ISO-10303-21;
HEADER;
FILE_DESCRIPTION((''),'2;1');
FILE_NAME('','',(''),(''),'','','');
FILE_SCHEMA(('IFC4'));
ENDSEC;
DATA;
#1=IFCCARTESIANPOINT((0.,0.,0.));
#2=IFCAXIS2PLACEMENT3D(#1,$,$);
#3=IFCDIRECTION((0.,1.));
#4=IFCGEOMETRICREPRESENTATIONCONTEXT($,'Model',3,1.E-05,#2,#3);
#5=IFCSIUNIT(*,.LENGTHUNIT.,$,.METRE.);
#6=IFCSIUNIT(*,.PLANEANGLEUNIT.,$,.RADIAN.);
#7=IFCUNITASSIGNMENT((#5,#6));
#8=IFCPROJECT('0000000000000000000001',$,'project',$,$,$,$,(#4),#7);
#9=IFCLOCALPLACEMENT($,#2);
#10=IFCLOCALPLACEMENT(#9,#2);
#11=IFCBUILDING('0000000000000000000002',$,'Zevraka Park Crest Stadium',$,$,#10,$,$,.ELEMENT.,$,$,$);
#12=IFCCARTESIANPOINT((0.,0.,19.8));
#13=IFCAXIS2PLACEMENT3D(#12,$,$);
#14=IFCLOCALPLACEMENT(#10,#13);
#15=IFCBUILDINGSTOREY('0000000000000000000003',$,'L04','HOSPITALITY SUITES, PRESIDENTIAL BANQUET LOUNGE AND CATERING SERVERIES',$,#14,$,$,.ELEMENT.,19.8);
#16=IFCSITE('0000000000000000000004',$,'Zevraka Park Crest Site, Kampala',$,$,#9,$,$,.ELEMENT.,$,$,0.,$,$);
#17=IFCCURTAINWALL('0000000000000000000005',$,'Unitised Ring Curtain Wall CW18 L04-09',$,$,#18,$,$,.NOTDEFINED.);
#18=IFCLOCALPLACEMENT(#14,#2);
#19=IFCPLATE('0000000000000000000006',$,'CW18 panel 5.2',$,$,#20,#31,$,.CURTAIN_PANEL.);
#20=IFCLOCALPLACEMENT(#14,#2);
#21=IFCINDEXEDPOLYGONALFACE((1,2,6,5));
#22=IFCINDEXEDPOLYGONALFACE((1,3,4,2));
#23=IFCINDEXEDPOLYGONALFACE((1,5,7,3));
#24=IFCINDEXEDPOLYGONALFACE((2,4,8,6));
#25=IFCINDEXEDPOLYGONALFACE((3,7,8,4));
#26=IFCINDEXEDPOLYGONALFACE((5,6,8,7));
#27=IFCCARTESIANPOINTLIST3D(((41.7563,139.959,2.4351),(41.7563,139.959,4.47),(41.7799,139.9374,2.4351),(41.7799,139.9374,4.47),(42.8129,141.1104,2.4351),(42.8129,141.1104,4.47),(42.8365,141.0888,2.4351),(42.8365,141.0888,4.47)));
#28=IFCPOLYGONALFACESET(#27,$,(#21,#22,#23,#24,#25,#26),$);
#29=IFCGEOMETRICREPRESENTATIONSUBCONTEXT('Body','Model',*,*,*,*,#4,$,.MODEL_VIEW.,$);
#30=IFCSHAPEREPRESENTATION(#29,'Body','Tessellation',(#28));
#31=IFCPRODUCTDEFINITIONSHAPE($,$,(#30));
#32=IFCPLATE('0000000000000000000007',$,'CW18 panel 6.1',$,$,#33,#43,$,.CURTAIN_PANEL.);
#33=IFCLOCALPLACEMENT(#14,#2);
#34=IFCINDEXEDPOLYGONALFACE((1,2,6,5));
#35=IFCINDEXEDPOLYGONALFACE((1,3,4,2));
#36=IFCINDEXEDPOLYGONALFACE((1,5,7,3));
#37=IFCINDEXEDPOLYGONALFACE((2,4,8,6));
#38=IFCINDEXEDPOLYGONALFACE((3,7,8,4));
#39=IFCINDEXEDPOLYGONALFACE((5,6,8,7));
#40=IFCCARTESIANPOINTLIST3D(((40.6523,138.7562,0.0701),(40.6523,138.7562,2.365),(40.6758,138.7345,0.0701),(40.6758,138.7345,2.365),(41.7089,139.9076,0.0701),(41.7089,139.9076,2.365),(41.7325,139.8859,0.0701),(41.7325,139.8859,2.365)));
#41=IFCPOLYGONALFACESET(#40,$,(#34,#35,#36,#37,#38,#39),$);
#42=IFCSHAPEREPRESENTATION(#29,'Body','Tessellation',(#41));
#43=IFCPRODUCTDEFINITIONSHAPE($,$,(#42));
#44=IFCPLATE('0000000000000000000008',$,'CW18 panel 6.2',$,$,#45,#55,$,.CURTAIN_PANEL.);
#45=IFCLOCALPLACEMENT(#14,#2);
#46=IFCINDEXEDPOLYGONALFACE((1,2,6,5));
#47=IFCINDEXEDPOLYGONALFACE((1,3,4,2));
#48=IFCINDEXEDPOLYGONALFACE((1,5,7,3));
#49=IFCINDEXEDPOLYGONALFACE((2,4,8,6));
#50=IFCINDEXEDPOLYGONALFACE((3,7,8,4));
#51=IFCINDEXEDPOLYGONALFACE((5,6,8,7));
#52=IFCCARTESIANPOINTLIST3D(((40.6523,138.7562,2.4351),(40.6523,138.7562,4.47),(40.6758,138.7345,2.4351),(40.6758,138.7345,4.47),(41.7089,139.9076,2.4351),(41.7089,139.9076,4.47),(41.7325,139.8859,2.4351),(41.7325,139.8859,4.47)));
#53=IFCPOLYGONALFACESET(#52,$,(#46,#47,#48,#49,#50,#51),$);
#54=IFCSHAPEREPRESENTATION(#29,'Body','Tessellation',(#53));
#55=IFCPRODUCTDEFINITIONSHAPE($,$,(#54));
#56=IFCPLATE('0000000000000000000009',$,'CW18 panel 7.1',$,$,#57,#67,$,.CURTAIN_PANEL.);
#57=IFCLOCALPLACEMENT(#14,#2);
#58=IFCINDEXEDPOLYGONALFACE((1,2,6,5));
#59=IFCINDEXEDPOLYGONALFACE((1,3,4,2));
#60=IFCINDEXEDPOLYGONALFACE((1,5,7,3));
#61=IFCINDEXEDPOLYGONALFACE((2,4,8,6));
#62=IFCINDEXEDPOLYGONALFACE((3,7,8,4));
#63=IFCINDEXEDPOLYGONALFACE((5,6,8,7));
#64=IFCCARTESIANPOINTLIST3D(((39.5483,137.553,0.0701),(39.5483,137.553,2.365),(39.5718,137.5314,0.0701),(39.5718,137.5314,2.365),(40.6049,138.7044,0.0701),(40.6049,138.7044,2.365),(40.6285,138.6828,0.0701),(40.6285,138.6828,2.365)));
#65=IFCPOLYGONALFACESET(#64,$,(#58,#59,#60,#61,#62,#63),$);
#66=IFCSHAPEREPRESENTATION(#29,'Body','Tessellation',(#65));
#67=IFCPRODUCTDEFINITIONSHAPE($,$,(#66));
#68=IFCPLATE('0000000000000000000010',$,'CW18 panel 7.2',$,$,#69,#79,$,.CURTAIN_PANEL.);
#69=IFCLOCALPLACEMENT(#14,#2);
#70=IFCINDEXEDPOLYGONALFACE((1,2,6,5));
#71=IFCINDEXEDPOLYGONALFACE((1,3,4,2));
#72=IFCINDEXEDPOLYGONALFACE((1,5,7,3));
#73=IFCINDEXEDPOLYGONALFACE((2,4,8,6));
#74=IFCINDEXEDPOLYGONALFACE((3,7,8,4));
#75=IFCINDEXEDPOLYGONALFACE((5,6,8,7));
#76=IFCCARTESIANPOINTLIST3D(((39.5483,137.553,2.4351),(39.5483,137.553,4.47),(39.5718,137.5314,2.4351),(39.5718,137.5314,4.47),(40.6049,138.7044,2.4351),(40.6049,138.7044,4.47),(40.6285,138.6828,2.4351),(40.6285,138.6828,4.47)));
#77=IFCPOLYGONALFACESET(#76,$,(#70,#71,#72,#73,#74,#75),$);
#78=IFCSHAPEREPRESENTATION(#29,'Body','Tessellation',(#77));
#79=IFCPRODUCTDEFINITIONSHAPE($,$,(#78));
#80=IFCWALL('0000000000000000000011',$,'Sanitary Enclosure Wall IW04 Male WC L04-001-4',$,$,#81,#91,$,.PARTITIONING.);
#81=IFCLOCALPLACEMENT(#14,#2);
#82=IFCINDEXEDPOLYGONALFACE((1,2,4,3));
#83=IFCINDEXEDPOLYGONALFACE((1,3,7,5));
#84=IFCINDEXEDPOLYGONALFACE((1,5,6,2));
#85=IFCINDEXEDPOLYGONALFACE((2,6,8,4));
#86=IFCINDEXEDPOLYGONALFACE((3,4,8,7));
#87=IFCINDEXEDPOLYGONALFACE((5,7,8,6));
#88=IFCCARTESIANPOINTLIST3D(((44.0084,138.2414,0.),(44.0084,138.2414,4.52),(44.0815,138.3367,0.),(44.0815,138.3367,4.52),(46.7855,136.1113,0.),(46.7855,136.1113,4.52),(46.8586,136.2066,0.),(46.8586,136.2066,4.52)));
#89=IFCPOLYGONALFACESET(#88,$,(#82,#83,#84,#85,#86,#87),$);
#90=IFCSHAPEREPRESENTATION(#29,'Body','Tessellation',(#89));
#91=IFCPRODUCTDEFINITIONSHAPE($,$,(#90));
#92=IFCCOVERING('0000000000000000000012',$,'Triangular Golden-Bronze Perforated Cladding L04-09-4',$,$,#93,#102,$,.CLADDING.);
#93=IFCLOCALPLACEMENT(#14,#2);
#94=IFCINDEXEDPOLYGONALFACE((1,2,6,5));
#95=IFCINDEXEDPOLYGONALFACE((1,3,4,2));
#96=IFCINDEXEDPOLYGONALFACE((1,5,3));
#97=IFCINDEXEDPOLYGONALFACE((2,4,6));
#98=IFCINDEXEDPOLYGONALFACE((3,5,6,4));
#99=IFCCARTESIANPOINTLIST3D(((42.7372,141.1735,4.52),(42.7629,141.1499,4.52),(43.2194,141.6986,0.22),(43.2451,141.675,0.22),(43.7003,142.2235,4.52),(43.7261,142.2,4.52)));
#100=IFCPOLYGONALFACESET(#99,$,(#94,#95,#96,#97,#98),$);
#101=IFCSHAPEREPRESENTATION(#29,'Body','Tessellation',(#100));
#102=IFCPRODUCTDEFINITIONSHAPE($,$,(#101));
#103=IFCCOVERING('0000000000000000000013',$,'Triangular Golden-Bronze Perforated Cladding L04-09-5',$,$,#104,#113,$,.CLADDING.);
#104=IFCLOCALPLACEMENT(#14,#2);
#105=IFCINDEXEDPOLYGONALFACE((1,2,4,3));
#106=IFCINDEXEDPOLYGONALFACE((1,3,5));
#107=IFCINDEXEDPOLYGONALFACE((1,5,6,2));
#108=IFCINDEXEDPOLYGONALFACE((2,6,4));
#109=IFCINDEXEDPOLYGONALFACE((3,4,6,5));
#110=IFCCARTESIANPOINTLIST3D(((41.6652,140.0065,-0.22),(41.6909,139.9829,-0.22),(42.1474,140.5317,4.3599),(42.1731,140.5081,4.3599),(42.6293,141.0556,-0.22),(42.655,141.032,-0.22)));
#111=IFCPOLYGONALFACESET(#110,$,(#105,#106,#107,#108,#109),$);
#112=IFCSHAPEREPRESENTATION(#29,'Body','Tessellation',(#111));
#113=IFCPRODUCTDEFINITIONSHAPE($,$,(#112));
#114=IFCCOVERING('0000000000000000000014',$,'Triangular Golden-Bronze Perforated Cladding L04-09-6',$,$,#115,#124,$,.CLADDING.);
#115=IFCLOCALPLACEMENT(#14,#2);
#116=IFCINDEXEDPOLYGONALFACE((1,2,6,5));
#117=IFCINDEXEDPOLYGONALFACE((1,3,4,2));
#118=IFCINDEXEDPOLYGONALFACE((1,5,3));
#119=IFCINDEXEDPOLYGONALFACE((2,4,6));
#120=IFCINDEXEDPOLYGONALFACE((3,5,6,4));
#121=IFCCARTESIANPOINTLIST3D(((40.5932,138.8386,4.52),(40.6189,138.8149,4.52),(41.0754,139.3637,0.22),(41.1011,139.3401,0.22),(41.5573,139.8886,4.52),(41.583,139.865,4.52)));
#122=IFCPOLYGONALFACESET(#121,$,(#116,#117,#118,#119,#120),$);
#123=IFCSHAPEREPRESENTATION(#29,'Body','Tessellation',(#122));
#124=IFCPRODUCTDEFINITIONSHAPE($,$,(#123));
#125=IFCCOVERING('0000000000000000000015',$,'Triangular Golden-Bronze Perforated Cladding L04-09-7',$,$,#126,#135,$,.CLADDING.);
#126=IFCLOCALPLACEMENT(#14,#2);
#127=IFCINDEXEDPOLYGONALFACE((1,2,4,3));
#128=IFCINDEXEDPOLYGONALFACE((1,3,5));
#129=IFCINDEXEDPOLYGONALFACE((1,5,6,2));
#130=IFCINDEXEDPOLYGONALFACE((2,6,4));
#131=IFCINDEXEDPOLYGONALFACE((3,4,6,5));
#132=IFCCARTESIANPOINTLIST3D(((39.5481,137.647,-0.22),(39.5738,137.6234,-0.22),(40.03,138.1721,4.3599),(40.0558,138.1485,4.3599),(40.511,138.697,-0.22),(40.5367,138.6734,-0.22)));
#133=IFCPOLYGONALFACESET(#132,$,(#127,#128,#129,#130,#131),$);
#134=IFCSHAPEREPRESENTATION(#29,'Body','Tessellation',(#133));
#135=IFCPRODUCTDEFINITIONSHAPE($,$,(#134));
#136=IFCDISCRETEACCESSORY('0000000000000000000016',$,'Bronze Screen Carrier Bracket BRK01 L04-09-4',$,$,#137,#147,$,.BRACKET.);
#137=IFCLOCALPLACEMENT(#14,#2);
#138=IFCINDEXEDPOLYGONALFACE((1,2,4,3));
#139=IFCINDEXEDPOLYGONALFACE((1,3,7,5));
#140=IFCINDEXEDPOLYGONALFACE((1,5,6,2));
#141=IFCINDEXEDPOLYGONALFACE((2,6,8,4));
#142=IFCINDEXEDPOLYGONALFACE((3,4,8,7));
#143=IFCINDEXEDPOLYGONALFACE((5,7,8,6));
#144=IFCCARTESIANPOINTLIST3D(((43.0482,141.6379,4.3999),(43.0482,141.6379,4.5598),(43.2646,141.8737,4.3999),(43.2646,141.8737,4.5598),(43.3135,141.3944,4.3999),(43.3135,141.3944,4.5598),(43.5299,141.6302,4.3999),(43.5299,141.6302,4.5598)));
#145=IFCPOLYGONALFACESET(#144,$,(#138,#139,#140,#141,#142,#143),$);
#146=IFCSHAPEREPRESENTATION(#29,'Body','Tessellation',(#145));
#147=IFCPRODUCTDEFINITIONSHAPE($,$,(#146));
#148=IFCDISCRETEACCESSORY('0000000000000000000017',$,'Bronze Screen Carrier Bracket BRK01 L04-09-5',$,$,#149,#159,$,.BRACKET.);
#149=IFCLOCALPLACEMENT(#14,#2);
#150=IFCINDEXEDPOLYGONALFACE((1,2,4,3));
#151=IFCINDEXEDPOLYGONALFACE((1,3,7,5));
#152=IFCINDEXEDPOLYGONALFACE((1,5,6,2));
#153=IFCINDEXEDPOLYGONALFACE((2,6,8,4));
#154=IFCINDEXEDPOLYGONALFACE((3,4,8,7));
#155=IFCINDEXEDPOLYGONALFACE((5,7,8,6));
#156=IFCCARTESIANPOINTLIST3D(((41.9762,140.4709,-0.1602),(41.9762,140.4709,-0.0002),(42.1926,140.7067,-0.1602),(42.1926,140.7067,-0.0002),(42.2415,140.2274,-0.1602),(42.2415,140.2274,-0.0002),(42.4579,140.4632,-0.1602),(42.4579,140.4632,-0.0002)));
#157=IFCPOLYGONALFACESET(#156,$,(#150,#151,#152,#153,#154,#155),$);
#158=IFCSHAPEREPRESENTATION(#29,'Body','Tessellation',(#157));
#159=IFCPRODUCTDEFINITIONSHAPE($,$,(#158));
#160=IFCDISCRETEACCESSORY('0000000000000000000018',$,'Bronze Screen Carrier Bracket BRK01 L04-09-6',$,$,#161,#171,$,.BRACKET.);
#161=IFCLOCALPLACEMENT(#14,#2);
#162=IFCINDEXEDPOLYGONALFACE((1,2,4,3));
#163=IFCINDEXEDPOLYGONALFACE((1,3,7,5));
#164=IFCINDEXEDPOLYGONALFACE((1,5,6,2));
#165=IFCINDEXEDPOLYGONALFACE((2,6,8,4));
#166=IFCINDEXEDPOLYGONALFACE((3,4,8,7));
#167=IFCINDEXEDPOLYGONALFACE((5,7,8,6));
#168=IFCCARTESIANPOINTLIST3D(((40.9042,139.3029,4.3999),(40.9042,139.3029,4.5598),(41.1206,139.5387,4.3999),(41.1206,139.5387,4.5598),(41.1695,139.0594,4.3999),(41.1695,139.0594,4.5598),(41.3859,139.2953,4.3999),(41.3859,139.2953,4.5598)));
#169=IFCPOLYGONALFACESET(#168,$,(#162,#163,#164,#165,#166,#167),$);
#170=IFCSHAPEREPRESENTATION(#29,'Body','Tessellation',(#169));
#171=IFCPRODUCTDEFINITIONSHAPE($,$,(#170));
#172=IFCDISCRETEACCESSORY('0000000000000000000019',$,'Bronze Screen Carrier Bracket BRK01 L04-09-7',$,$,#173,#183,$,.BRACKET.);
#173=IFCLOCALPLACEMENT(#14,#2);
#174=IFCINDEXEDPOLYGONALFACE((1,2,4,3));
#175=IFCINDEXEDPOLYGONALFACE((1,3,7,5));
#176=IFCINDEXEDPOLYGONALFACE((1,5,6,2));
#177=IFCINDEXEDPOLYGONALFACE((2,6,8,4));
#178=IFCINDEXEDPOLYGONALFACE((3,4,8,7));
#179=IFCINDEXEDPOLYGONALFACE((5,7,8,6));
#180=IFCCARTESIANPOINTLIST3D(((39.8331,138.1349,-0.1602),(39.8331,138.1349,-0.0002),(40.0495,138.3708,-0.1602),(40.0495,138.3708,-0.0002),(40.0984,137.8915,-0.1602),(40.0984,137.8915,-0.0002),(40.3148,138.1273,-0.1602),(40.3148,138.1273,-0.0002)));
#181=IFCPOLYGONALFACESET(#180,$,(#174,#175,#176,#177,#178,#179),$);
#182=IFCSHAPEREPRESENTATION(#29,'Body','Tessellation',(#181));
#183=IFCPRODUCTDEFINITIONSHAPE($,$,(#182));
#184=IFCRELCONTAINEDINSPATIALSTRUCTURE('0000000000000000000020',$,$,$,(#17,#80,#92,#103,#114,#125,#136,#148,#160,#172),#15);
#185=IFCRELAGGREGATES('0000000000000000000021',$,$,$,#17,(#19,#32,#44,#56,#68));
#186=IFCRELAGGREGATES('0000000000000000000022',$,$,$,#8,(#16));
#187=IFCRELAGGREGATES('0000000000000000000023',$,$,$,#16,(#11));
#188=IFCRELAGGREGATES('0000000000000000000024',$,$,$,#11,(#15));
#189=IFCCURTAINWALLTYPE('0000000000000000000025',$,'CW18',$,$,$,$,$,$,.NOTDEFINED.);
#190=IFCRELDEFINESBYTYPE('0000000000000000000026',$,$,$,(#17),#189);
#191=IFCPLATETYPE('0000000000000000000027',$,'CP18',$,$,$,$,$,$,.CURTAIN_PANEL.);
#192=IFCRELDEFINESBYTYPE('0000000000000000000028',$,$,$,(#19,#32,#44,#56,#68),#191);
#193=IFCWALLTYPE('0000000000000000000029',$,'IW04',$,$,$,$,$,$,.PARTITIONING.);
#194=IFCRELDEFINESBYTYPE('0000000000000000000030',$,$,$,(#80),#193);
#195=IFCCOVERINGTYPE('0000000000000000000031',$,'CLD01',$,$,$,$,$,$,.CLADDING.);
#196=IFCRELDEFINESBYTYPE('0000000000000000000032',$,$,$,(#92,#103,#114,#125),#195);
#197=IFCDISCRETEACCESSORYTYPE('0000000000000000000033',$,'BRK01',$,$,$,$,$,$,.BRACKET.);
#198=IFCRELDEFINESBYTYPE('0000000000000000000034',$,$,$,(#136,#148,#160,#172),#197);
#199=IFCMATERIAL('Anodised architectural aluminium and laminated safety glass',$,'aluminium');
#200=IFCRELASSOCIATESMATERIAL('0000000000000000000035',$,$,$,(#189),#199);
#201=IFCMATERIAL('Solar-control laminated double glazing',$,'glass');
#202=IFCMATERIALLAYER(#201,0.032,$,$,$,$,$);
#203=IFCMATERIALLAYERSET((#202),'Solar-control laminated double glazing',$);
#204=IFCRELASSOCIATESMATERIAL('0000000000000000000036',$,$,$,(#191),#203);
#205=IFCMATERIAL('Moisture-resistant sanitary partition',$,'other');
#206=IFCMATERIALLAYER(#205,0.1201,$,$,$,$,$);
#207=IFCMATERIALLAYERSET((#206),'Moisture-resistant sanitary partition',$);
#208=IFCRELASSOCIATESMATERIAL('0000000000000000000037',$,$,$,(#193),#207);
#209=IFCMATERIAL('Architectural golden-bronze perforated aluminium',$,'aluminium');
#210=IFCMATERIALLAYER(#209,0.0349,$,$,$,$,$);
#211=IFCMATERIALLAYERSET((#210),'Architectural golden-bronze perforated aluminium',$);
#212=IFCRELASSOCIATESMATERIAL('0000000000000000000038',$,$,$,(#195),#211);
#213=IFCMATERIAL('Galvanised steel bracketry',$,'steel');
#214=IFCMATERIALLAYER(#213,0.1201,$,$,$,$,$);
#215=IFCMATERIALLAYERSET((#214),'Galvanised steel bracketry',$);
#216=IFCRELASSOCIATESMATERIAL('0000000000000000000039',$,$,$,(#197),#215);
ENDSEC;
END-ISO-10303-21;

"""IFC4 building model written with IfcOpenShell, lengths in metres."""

from ifc_helpers import new_model, si_unit, direction, frame, frame_2d, origin, origin_2d, place, context, subcontext, project, spatial, polyline, rectangle, outline, extrude, material, layer, layer_set, type_object, element, aggregate, save


model = new_model("IFC4")

# Units and contexts
model_context = context("Model", 3, precision=1e-05, world=origin(), true_north=direction((0.0, 1.0)))
body_context = subcontext(model_context, "Body", "Model", "MODEL_VIEW")
ifc_project = project(units=[si_unit("LENGTHUNIT", "METRE"), si_unit("PLANEANGLEUNIT", "RADIAN")], contexts=[model_context])

# Site, building, storey
site_placement = place(None, origin())
site = spatial("IfcSite", under=ifc_project, at=site_placement, Name="Zevraka Park Crest Site, Kampala", CompositionType="ELEMENT", RefElevation=0.0)
building_placement = place(site_placement, origin())
building = spatial("IfcBuilding", under=site, at=building_placement, Name="Zevraka Park Crest Stadium", CompositionType="ELEMENT")
storey_placement = place(building_placement, frame((0.0, 0.0, 19.8)))
storey = spatial("IfcBuildingStorey", under=building, at=storey_placement, Name="L04", Description="HOSPITALITY SUITES, PRESIDENTIAL BANQUET LOUNGE AND CATERING SERVERIES", CompositionType="ELEMENT", Elevation=19.8)

# Curtain wall, plates
ifc_material_1 = material(Name="Anodised architectural aluminium and laminated safety glass", Category="aluminium")
curtain_wall_type = type_object("IfcCurtainWallType", Name="CW18", PredefinedType="NOTDEFINED", material=ifc_material_1)
curtain_wall_placement = place(storey_placement, origin())
curtain_wall = element("IfcCurtainWall", 1, at=curtain_wall_placement, inside=storey, type_object=curtain_wall_type, Name="Unitised Ring Curtain Wall CW18 L04-09", PredefinedType="NOTDEFINED")
ifc_material_2 = material(Name="Solar-control laminated double glazing", Category="glass")
ifc_layer_1 = layer(ifc_material_2, 0.032)
ifc_layer_set_1 = layer_set([ifc_layer_1], Name="Solar-control laminated double glazing")
plate_type = type_object("IfcPlateType", Name="CP18", PredefinedType="CURTAIN_PANEL", material=ifc_layer_set_1)
plate_1_placement = place(storey_placement, frame((42.2964, 140.5239, 2.4351), z_axis=(0.0, 0.0, 1.0), x_axis=(-0.676138, -0.736775, 0.0)))
plate_1 = element("IfcPlate", 2, at=plate_1_placement, type_object=plate_type, Name="CW18 panel 5.2", PredefinedType="CURTAIN_PANEL", context=body_context, shape_type="SweptSolid", body=[
    extrude(rectangle(XDim=1.5627, YDim=0.032, at=origin_2d()), origin(), (0.0, 0.0, 1.0), 2.0349),
])
plate_2_placement = place(storey_placement, frame((41.1924, 139.321, 0.0701), z_axis=(0.0, 0.0, 1.0), x_axis=(-0.676138, -0.736775, 0.0)))
plate_2 = element("IfcPlate", 3, at=plate_2_placement, type_object=plate_type, Name="CW18 panel 6.1", PredefinedType="CURTAIN_PANEL", context=body_context, shape_type="SweptSolid", body=[
    extrude(rectangle(XDim=1.5627, YDim=0.032, at=origin_2d()), origin(), (0.0, 0.0, 1.0), 2.2949),
])
plate_3_placement = place(storey_placement, frame((41.1924, 139.321, 2.4351), z_axis=(0.0, 0.0, 1.0), x_axis=(-0.676138, -0.736775, 0.0)))
plate_3 = element("IfcPlate", 4, at=plate_3_placement, type_object=plate_type, Name="CW18 panel 6.2", PredefinedType="CURTAIN_PANEL", context=body_context, shape_type="SweptSolid", body=[
    extrude(rectangle(XDim=1.5627, YDim=0.032, at=origin_2d()), origin(), (0.0, 0.0, 1.0), 2.0349),
])
plate_4_placement = place(storey_placement, frame((40.0884, 138.1179, 0.0701), z_axis=(0.0, 0.0, 1.0), x_axis=(-0.676138, -0.736775, 0.0)))
plate_4 = element("IfcPlate", 5, at=plate_4_placement, type_object=plate_type, Name="CW18 panel 7.1", PredefinedType="CURTAIN_PANEL", context=body_context, shape_type="SweptSolid", body=[
    extrude(rectangle(XDim=1.5627, YDim=0.032, at=origin_2d()), origin(), (0.0, 0.0, 1.0), 2.2949),
])
plate_5_placement = place(storey_placement, frame((40.0884, 138.1179, 2.4351), z_axis=(0.0, 0.0, 1.0), x_axis=(-0.676138, -0.736775, 0.0)))
plate_5 = element("IfcPlate", 6, at=plate_5_placement, type_object=plate_type, Name="CW18 panel 7.2", PredefinedType="CURTAIN_PANEL", context=body_context, shape_type="SweptSolid", body=[
    extrude(rectangle(XDim=1.5627, YDim=0.032, at=origin_2d()), origin(), (0.0, 0.0, 1.0), 2.0349),
])
aggregate(curtain_wall, [plate_1, plate_2, plate_3, plate_4, plate_5])

# Wall
ifc_material_3 = material(Name="Moisture-resistant sanitary partition", Category="other")
ifc_layer_2 = layer(ifc_material_3, 0.1201)
ifc_layer_set_2 = layer_set([ifc_layer_2], Name="Moisture-resistant sanitary partition")
wall_type = type_object("IfcWallType", Name="IW04", PredefinedType="PARTITIONING", material=ifc_layer_set_2)
wall_placement = place(storey_placement, frame((44.0449, 138.2891, 0.0), z_axis=(0.0, 0.0, 1.0), x_axis=(0.793466, -0.608615, 0.0)))
element("IfcWall", 7, at=wall_placement, inside=storey, type_object=wall_type, Name="Sanitary Enclosure Wall IW04 Male WC L04-001-4", PredefinedType="PARTITIONING", context=body_context, shape_type="SweptSolid", body=[
    extrude(rectangle(XDim=3.5, YDim=0.1201, at=frame_2d((1.75, 0.0))), origin(), (0.0, 0.0, 1.0), 4.52),
])

# Coverings
ifc_material_4 = material(Name="Architectural golden-bronze perforated aluminium", Category="aluminium")
ifc_layer_3 = layer(ifc_material_4, 0.0349)
ifc_layer_set_3 = layer_set([ifc_layer_3], Name="Architectural golden-bronze perforated aluminium")
covering_type = type_object("IfcCoveringType", Name="CLD01", PredefinedType="CLADDING", material=ifc_layer_set_3)
covering_1_placement = place(storey_placement, frame((42.7629, 141.1499, 4.52), z_axis=(0.736948, -0.67595, 0.000085), x_axis=(0.67595, 0.736948, 0.0)))
element("IfcCovering", 8, at=covering_1_placement, inside=storey, type_object=covering_type, Name="Triangular Golden-Bronze Perforated Cladding L04-09-4", PredefinedType="CLADDING", context=body_context, shape_type="SweptSolid", body=[
    extrude(outline(polyline([(0.0, 0.0), (1.4249, 0.0), (0.7129, -4.3), (0.0, 0.0)])), origin(), (0.0, 0.0, -1.0), 0.0349),
])
covering_2_placement = place(storey_placement, frame((42.655, 141.032, -0.22), z_axis=(0.736293, -0.676663, 0.000071), x_axis=(-0.676663, -0.736293, 0.0)))
element("IfcCovering", 9, at=covering_2_placement, inside=storey, type_object=covering_type, Name="Triangular Golden-Bronze Perforated Cladding L04-09-5", PredefinedType="CLADDING", context=body_context, shape_type="SweptSolid", body=[
    extrude(outline(polyline([(0.0, 0.0), (1.4248, 0.0), (0.7119, -4.5798), (0.0, 0.0)])), origin(), (0.0, 0.0, -1.0), 0.0349),
])
covering_3_placement = place(storey_placement, frame((40.6189, 138.8149, 4.52), z_axis=(0.736606, -0.676322, 0.000002), x_axis=(0.676322, 0.736606, 0.0)))
element("IfcCovering", 10, at=covering_3_placement, inside=storey, type_object=covering_type, Name="Triangular Golden-Bronze Perforated Cladding L04-09-6", PredefinedType="CLADDING", context=body_context, shape_type="SweptSolid", body=[
    extrude(outline(polyline([(0.0, 0.0), (1.4255, 0.0), (0.7129, -4.3), (0.0, 0.0)])), origin(), (0.0, 0.0, -1.0), 0.0349),
])
covering_4_placement = place(storey_placement, frame((40.511, 138.697, -0.22), z_axis=(-0.737033, 0.675857, 0.000061), x_axis=(-0.675857, -0.737033, 0.0)))
element("IfcCovering", 11, at=covering_4_placement, inside=storey, type_object=covering_type, Name="Triangular Golden-Bronze Perforated Cladding L04-09-7", PredefinedType="CLADDING", context=body_context, shape_type="SweptSolid", body=[
    extrude(outline(polyline([(0.0, 0.0), (1.4247, 0.0), (0.7119, 4.5798), (0.0, 0.0)])), origin(), (0.0, 0.0, -1.0), 0.0349),
])

# Discrete accessories
ifc_material_5 = material(Name="Galvanised steel bracketry", Category="steel")
ifc_layer_4 = layer(ifc_material_5, 0.1201)
ifc_layer_set_4 = layer_set([ifc_layer_4], Name="Galvanised steel bracketry")
discrete_accessory_type = type_object("IfcDiscreteAccessoryType", Name="BRK01", PredefinedType="BRACKET", material=ifc_layer_set_4)
for number, where, z_axis, x_axis, name in (
    (12, (43.2891, 141.634, 4.3999), (0.0, 0.0, 1.0), (-0.676105, -0.736806, 0.0), "Bronze Screen Carrier Bracket BRK01 L04-09-4"),
    (13, (42.217, 140.467, -0.1602), (0.0, 0.0, 1.0), (-0.676105, -0.736806, 0.0), "Bronze Screen Carrier Bracket BRK01 L04-09-5"),
    (14, (41.145, 139.2991, 4.3999), (0.0, 0.0, 1.0), (-0.676105, -0.736806, 0.0), "Bronze Screen Carrier Bracket BRK01 L04-09-6"),
    (15, (40.074, 138.1311, -0.1602), (0.0, 0.0, 1.0), (-0.676105, -0.736806, 0.0), "Bronze Screen Carrier Bracket BRK01 L04-09-7"),
):
    element("IfcDiscreteAccessory", number, at=place(storey_placement, frame(where, z_axis=z_axis, x_axis=x_axis)), inside=storey, type_object=discrete_accessory_type, Name=name, PredefinedType="BRACKET", context=body_context, shape_type="SweptSolid", body=[
        extrude(rectangle(XDim=0.3201, YDim=0.3601, at=origin_2d()), origin(), (0.0, 0.0, 1.0), 0.1599),
    ])

save(model, "model.ifc")
